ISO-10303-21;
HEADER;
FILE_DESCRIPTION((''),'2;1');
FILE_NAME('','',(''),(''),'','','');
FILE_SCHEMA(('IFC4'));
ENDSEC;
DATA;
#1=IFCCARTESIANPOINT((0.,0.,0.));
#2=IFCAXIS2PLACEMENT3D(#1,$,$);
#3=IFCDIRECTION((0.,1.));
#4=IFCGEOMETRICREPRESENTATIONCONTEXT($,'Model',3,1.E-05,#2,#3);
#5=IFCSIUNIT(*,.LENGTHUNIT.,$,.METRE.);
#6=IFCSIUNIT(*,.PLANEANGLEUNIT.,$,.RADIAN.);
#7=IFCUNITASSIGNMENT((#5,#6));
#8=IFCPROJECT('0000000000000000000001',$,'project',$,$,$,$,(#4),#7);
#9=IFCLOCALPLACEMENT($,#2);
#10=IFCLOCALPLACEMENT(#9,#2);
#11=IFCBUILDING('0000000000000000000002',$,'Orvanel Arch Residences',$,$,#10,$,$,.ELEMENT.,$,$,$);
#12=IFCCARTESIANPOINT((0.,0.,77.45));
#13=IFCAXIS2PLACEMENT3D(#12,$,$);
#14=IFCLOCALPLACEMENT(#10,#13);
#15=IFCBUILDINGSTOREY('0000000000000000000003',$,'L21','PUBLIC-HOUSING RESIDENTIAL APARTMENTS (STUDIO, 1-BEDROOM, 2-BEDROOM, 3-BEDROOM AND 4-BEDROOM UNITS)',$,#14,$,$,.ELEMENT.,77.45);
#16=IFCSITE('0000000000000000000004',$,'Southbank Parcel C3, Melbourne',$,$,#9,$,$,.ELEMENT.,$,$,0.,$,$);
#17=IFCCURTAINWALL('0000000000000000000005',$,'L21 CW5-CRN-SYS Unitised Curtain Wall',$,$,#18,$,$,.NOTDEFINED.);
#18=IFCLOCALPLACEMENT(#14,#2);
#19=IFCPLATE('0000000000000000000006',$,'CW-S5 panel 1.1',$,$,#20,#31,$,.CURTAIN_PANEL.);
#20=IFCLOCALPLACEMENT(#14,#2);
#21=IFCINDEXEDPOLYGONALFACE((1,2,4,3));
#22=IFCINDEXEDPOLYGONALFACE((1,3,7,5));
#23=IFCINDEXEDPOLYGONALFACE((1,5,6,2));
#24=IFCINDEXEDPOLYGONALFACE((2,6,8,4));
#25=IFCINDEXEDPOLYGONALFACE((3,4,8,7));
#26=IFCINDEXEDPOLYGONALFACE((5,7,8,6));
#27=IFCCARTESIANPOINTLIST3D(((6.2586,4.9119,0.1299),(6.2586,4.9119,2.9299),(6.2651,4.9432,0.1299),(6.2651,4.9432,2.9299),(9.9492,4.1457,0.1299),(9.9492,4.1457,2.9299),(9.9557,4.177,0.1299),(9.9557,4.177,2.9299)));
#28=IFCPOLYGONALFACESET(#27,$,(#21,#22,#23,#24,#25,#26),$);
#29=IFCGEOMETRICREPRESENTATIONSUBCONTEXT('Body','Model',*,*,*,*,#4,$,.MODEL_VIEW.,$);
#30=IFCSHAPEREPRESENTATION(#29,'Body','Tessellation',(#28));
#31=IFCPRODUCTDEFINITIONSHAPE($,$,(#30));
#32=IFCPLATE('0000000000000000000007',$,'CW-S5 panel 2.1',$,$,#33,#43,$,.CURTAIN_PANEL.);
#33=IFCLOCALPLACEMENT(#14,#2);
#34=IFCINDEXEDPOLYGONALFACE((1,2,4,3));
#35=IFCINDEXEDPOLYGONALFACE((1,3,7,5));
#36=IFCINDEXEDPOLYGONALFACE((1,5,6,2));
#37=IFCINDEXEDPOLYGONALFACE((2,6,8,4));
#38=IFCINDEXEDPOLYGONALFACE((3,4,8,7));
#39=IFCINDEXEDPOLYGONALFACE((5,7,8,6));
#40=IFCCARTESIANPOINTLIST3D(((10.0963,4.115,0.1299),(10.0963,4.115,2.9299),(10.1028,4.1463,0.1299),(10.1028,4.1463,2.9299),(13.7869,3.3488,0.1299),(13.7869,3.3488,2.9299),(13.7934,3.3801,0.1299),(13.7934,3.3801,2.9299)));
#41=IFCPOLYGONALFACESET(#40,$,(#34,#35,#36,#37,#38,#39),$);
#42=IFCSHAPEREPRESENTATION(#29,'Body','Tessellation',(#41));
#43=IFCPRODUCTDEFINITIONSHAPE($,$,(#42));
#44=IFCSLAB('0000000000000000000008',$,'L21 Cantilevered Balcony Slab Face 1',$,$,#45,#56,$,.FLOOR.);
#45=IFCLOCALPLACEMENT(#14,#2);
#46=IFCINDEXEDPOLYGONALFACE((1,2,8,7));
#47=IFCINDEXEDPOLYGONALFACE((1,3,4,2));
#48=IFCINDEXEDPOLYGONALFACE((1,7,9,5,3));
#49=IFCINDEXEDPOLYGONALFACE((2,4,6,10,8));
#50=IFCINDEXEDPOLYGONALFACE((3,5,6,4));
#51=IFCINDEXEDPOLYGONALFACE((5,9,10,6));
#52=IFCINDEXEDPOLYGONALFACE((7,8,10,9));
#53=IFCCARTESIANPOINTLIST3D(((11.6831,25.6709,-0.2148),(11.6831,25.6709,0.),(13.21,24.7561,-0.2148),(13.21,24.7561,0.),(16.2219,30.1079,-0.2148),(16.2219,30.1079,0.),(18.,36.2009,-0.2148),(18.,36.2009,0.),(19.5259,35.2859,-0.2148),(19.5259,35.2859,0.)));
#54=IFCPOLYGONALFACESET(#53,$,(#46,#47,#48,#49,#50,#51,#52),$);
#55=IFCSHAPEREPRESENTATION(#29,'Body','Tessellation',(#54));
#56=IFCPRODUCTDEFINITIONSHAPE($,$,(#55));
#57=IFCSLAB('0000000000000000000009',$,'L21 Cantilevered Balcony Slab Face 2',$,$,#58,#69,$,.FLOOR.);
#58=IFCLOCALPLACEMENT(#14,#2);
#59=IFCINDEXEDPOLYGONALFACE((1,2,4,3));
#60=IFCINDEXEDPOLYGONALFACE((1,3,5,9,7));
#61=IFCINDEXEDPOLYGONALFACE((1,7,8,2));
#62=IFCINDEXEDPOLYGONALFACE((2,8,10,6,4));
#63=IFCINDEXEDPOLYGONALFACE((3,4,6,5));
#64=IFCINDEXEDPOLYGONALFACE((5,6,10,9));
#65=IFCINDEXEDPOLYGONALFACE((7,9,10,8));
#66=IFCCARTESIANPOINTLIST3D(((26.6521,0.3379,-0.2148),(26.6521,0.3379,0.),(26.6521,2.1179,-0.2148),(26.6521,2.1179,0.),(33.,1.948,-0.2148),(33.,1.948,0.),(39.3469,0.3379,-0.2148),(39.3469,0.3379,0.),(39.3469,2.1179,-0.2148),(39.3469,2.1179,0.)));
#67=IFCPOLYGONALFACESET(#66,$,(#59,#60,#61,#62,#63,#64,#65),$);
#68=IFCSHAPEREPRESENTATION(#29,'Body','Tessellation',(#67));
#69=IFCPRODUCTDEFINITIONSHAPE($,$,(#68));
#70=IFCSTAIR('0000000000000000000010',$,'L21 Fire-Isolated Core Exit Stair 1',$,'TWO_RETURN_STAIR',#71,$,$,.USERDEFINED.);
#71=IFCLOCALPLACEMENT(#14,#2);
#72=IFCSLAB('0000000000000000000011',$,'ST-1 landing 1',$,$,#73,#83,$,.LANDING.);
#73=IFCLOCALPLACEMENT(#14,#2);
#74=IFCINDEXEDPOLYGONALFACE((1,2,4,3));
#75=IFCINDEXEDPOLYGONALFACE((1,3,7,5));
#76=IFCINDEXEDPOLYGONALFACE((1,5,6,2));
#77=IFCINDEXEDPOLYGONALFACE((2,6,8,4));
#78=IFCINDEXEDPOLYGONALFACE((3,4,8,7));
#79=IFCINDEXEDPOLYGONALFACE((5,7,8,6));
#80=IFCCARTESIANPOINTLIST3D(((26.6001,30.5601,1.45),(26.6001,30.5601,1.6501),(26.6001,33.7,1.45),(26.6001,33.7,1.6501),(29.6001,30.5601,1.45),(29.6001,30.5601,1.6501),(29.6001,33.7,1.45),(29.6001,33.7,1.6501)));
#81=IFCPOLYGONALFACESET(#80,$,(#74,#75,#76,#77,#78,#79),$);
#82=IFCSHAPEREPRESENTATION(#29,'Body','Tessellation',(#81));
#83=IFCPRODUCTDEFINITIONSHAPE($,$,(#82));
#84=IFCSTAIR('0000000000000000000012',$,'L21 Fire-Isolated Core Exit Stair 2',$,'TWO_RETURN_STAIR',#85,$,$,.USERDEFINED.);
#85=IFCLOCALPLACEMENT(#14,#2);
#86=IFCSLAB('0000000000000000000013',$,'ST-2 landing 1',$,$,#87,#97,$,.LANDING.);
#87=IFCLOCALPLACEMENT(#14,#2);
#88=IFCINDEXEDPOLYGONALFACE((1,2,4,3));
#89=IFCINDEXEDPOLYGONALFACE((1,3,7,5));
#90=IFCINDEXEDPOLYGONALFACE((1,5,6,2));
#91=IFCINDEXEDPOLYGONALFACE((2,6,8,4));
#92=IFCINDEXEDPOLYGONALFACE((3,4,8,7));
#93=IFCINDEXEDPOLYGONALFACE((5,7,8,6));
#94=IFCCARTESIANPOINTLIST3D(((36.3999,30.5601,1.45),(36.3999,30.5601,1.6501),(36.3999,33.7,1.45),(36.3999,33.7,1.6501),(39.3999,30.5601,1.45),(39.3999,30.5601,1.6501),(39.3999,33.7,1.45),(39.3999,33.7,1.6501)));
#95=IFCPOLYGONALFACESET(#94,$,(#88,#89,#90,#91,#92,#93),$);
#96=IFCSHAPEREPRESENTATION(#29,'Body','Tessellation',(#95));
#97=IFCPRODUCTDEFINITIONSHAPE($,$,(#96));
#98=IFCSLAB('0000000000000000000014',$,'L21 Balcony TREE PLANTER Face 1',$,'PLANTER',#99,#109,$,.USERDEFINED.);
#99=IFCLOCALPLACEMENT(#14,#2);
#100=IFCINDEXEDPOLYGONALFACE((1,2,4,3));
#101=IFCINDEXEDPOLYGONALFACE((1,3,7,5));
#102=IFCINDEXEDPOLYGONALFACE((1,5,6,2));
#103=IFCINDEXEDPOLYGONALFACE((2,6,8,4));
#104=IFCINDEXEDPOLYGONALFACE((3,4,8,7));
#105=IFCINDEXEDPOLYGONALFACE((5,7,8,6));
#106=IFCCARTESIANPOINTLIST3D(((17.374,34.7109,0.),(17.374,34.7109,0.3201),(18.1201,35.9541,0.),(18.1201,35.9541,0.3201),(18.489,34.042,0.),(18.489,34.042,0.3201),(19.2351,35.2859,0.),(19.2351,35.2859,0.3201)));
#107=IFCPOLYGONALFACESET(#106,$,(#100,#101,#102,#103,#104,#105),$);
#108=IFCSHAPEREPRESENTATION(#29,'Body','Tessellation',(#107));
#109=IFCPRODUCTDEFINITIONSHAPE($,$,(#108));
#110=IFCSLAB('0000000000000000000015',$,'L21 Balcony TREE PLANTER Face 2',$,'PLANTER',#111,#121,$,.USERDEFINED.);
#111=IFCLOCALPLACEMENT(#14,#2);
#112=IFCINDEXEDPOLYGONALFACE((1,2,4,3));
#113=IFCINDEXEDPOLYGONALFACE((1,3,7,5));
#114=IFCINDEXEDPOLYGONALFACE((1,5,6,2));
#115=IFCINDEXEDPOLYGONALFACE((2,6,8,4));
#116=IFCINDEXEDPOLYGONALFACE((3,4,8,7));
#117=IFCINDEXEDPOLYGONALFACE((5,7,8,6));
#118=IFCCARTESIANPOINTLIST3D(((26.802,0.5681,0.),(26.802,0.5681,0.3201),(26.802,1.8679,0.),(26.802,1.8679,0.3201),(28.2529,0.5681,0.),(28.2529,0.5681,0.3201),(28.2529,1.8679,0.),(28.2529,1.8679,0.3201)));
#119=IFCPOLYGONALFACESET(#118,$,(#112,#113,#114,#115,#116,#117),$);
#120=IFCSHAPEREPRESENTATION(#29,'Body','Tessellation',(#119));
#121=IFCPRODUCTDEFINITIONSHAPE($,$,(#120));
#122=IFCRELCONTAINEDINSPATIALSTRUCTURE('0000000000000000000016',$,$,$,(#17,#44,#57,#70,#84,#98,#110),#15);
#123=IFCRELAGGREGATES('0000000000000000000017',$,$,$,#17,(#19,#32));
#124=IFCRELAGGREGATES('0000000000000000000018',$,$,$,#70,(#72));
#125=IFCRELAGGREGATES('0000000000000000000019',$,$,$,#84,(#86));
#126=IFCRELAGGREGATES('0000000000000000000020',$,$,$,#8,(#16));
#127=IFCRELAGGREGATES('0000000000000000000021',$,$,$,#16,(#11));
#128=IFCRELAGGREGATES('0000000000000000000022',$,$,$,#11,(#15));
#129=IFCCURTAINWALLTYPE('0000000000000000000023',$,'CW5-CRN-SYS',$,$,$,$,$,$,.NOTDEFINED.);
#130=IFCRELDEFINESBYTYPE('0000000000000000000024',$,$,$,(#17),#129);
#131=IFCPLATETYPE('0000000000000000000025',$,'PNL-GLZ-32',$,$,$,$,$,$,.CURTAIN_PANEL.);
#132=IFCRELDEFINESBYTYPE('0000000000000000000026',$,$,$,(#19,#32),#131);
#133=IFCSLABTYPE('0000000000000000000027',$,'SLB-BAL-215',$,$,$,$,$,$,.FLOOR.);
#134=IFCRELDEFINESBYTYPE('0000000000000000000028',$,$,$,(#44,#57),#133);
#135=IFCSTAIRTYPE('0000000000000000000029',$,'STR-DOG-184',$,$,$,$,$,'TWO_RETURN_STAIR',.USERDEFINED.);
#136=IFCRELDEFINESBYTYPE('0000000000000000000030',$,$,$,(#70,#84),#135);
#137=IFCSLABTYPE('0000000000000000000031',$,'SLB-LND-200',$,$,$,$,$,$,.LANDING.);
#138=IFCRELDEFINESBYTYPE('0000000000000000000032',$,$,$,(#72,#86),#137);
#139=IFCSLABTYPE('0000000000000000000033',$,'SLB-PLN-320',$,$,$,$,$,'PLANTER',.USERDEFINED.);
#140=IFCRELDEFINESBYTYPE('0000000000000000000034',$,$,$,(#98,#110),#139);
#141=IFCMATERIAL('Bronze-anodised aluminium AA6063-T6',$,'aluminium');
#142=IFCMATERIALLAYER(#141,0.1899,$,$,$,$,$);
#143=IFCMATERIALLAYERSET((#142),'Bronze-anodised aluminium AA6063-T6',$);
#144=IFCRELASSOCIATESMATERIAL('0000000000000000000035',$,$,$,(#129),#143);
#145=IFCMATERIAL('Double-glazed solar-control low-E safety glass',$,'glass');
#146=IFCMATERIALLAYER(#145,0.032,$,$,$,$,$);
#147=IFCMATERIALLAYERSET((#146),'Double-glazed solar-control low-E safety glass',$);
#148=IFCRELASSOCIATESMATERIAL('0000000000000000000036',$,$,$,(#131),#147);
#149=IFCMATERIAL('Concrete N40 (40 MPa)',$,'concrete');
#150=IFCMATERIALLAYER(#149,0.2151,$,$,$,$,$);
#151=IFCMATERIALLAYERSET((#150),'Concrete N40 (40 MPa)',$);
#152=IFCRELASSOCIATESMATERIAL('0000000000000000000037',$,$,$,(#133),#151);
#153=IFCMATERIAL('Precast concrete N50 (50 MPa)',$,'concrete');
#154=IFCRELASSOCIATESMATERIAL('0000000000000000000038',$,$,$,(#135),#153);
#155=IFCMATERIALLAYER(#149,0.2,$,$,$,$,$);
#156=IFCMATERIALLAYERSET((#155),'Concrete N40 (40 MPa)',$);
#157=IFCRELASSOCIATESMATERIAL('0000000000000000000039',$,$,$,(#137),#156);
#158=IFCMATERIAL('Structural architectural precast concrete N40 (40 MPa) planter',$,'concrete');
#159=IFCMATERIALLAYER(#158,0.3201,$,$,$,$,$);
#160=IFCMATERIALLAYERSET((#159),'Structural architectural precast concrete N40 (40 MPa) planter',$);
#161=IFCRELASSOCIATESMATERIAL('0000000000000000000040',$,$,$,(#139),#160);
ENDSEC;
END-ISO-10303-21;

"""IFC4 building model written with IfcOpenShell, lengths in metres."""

from ifc_helpers import new_model, si_unit, direction, frame, origin, origin_2d, place, context, subcontext, project, spatial, polyline, rectangle, outline, extrude, material, layer, layer_set, type_object, element, aggregate, save


model = new_model("IFC4")

# Units and contexts
model_context = context("Model", 3, precision=1e-05, world=origin(), true_north=direction((0.0, 1.0)))
body_context = subcontext(model_context, "Body", "Model", "MODEL_VIEW")
ifc_project = project(units=[si_unit("LENGTHUNIT", "METRE"), si_unit("PLANEANGLEUNIT", "RADIAN")], contexts=[model_context])

# Site, building, storey
site_placement = place(None, origin())
site = spatial("IfcSite", under=ifc_project, at=site_placement, Name="Southbank Parcel C3, Melbourne", CompositionType="ELEMENT", RefElevation=0.0)
building_placement = place(site_placement, origin())
building = spatial("IfcBuilding", under=site, at=building_placement, Name="Orvanel Arch Residences", CompositionType="ELEMENT")
storey_placement = place(building_placement, frame((0.0, 0.0, 77.45)))
storey = spatial("IfcBuildingStorey", under=building, at=storey_placement, Name="L21", Description="PUBLIC-HOUSING RESIDENTIAL APARTMENTS (STUDIO, 1-BEDROOM, 2-BEDROOM, 3-BEDROOM AND 4-BEDROOM UNITS)", CompositionType="ELEMENT", Elevation=77.45)

# Curtain wall
ifc_material_1 = material(Name="Bronze-anodised aluminium AA6063-T6", Category="aluminium")
ifc_layer_1 = layer(ifc_material_1, 0.1899)
ifc_layer_set_1 = layer_set([ifc_layer_1], Name="Bronze-anodised aluminium AA6063-T6")
curtain_wall_type = type_object("IfcCurtainWallType", Name="CW5-CRN-SYS", PredefinedType="NOTDEFINED", material=ifc_layer_set_1)
curtain_wall_1_placement = place(storey_placement, origin())
curtain_wall_1 = element("IfcCurtainWall", 1, at=curtain_wall_1_placement, inside=storey, type_object=curtain_wall_type, Name="L21 CW5-CRN-SYS Unitised Curtain Wall", PredefinedType="NOTDEFINED")

# Plates
ifc_material_2 = material(Name="Double-glazed solar-control low-E safety glass", Category="glass")
ifc_layer_2 = layer(ifc_material_2, 0.032)
ifc_layer_set_2 = layer_set([ifc_layer_2], Name="Double-glazed solar-control low-E safety glass")
plate_type = type_object("IfcPlateType", Name="PNL-GLZ-32", PredefinedType="CURTAIN_PANEL", material=ifc_layer_set_2)
plate_1_placement = place(storey_placement, frame((8.1072, 4.5444, 0.1299), z_axis=(0.0, 0.0, 1.0), x_axis=(0.97912, -0.203284, 0.0)))
plate_1 = element("IfcPlate", 2, at=plate_1_placement, type_object=plate_type, Name="CW-S5 panel 1.1", PredefinedType="CURTAIN_PANEL", context=body_context, shape_type="SweptSolid", body=[
    extrude(rectangle(XDim=3.7693, YDim=0.032, at=origin_2d()), origin(), (0.0, 0.0, 1.0), 2.8),
])
plate_2_placement = place(storey_placement, frame((11.9448, 3.7476, 0.1299), z_axis=(0.0, 0.0, 1.0), x_axis=(0.97912, -0.203284, 0.0)))
plate_2 = element("IfcPlate", 3, at=plate_2_placement, type_object=plate_type, Name="CW-S5 panel 2.1", PredefinedType="CURTAIN_PANEL", context=body_context, shape_type="SweptSolid", body=[
    extrude(rectangle(XDim=3.7693, YDim=0.032, at=origin_2d()), origin(), (0.0, 0.0, 1.0), 2.8),
])
aggregate(curtain_wall_1, [plate_1, plate_2])

# Slabs
ifc_material_3 = material(Name="Concrete N40 (40 MPa)", Category="concrete")
ifc_layer_3 = layer(ifc_material_3, 0.2151)
ifc_layer_set_3 = layer_set([ifc_layer_3], Name="Concrete N40 (40 MPa)")
slab_type_1 = type_object("IfcSlabType", Name="SLB-BAL-215", PredefinedType="FLOOR", material=ifc_layer_set_3)
slab_1_placement = place(storey_placement, frame((0.0, 0.0, -0.2148)))
element("IfcSlab", 4, at=slab_1_placement, inside=storey, type_object=slab_type_1, Name="L21 Cantilevered Balcony Slab Face 1", PredefinedType="FLOOR", context=body_context, shape_type="SweptSolid", body=[
    extrude(outline(polyline([(18.0, 36.2009), (11.6831, 25.6709), (13.21, 24.7561), (16.2219, 30.1079), (19.5259, 35.2859), (18.0, 36.2009)])), origin(), (0.0, 0.0, 1.0), 0.2148),
])
slab_2_placement = place(storey_placement, frame((0.0, 0.0, -0.2148)))
element("IfcSlab", 5, at=slab_2_placement, inside=storey, type_object=slab_type_1, Name="L21 Cantilevered Balcony Slab Face 2", PredefinedType="FLOOR", context=body_context, shape_type="SweptSolid", body=[
    extrude(outline(polyline([(26.6521, 0.3379), (39.3469, 0.3379), (39.3469, 2.1179), (33.0, 1.948), (26.6521, 2.1179), (26.6521, 0.3379)])), origin(), (0.0, 0.0, 1.0), 0.2148),
])

# Stairs, slabs
ifc_material_4 = material(Name="Precast concrete N50 (50 MPa)", Category="concrete")
stair_type = type_object("IfcStairType", Name="STR-DOG-184", ElementType="TWO_RETURN_STAIR", PredefinedType="USERDEFINED", material=ifc_material_4)
stair_1_placement = place(storey_placement, origin())
stair_1 = element("IfcStair", 6, at=stair_1_placement, inside=storey, type_object=stair_type, Name="L21 Fire-Isolated Core Exit Stair 1", ObjectType="TWO_RETURN_STAIR", PredefinedType="USERDEFINED")
ifc_layer_4 = layer(ifc_material_3, 0.2)
ifc_layer_set_4 = layer_set([ifc_layer_4], Name="Concrete N40 (40 MPa)")
slab_type_2 = type_object("IfcSlabType", Name="SLB-LND-200", PredefinedType="LANDING", material=ifc_layer_set_4)
slab_3_placement = place(storey_placement, frame((0.0, 0.0, 1.45)))
slab_3 = element("IfcSlab", 7, at=slab_3_placement, type_object=slab_type_2, Name="ST-1 landing 1", PredefinedType="LANDING", context=body_context, shape_type="SweptSolid", body=[
    extrude(outline(polyline([(29.6001, 30.5601), (29.6001, 33.7), (26.6001, 33.7), (26.6001, 30.5601), (29.6001, 30.5601)])), origin(), (0.0, 0.0, 1.0), 0.2002),
])
aggregate(stair_1, [slab_3])
stair_2_placement = place(storey_placement, origin())
stair_2 = element("IfcStair", 8, at=stair_2_placement, inside=storey, type_object=stair_type, Name="L21 Fire-Isolated Core Exit Stair 2", ObjectType="TWO_RETURN_STAIR", PredefinedType="USERDEFINED")
slab_4_placement = place(storey_placement, frame((0.0, 0.0, 1.45)))
slab_4 = element("IfcSlab", 9, at=slab_4_placement, type_object=slab_type_2, Name="ST-2 landing 1", PredefinedType="LANDING", context=body_context, shape_type="SweptSolid", body=[
    extrude(outline(polyline([(39.3999, 30.5601), (39.3999, 33.7), (36.3999, 33.7), (36.3999, 30.5601), (39.3999, 30.5601)])), origin(), (0.0, 0.0, 1.0), 0.2002),
])
aggregate(stair_2, [slab_4])

# Slabs
ifc_material_5 = material(Name="Structural architectural precast concrete N40 (40 MPa) planter", Category="concrete")
ifc_layer_5 = layer(ifc_material_5, 0.3201)
ifc_layer_set_5 = layer_set([ifc_layer_5], Name="Structural architectural precast concrete N40 (40 MPa) planter")
slab_type_3 = type_object("IfcSlabType", Name="SLB-PLN-320", ElementType="PLANTER", PredefinedType="USERDEFINED", material=ifc_layer_set_5)
slab_5_placement = place(storey_placement, origin())
element("IfcSlab", 10, at=slab_5_placement, inside=storey, type_object=slab_type_3, Name="L21 Balcony TREE PLANTER Face 1", ObjectType="PLANTER", PredefinedType="USERDEFINED", context=body_context, shape_type="SweptSolid", body=[
    extrude(outline(polyline([(18.1201, 35.9541), (17.374, 34.7109), (18.489, 34.042), (19.2351, 35.2859), (18.1201, 35.9541)])), origin(), (0.0, 0.0, 1.0), 0.3201),
])
slab_6_placement = place(storey_placement, origin())
element("IfcSlab", 11, at=slab_6_placement, inside=storey, type_object=slab_type_3, Name="L21 Balcony TREE PLANTER Face 2", ObjectType="PLANTER", PredefinedType="USERDEFINED", context=body_context, shape_type="SweptSolid", body=[
    extrude(outline(polyline([(26.802, 0.5681), (28.2529, 0.5681), (28.2529, 1.8679), (26.802, 1.8679), (26.802, 0.5681)])), origin(), (0.0, 0.0, 1.0), 0.3201),
])

save(model, "model.ifc")
